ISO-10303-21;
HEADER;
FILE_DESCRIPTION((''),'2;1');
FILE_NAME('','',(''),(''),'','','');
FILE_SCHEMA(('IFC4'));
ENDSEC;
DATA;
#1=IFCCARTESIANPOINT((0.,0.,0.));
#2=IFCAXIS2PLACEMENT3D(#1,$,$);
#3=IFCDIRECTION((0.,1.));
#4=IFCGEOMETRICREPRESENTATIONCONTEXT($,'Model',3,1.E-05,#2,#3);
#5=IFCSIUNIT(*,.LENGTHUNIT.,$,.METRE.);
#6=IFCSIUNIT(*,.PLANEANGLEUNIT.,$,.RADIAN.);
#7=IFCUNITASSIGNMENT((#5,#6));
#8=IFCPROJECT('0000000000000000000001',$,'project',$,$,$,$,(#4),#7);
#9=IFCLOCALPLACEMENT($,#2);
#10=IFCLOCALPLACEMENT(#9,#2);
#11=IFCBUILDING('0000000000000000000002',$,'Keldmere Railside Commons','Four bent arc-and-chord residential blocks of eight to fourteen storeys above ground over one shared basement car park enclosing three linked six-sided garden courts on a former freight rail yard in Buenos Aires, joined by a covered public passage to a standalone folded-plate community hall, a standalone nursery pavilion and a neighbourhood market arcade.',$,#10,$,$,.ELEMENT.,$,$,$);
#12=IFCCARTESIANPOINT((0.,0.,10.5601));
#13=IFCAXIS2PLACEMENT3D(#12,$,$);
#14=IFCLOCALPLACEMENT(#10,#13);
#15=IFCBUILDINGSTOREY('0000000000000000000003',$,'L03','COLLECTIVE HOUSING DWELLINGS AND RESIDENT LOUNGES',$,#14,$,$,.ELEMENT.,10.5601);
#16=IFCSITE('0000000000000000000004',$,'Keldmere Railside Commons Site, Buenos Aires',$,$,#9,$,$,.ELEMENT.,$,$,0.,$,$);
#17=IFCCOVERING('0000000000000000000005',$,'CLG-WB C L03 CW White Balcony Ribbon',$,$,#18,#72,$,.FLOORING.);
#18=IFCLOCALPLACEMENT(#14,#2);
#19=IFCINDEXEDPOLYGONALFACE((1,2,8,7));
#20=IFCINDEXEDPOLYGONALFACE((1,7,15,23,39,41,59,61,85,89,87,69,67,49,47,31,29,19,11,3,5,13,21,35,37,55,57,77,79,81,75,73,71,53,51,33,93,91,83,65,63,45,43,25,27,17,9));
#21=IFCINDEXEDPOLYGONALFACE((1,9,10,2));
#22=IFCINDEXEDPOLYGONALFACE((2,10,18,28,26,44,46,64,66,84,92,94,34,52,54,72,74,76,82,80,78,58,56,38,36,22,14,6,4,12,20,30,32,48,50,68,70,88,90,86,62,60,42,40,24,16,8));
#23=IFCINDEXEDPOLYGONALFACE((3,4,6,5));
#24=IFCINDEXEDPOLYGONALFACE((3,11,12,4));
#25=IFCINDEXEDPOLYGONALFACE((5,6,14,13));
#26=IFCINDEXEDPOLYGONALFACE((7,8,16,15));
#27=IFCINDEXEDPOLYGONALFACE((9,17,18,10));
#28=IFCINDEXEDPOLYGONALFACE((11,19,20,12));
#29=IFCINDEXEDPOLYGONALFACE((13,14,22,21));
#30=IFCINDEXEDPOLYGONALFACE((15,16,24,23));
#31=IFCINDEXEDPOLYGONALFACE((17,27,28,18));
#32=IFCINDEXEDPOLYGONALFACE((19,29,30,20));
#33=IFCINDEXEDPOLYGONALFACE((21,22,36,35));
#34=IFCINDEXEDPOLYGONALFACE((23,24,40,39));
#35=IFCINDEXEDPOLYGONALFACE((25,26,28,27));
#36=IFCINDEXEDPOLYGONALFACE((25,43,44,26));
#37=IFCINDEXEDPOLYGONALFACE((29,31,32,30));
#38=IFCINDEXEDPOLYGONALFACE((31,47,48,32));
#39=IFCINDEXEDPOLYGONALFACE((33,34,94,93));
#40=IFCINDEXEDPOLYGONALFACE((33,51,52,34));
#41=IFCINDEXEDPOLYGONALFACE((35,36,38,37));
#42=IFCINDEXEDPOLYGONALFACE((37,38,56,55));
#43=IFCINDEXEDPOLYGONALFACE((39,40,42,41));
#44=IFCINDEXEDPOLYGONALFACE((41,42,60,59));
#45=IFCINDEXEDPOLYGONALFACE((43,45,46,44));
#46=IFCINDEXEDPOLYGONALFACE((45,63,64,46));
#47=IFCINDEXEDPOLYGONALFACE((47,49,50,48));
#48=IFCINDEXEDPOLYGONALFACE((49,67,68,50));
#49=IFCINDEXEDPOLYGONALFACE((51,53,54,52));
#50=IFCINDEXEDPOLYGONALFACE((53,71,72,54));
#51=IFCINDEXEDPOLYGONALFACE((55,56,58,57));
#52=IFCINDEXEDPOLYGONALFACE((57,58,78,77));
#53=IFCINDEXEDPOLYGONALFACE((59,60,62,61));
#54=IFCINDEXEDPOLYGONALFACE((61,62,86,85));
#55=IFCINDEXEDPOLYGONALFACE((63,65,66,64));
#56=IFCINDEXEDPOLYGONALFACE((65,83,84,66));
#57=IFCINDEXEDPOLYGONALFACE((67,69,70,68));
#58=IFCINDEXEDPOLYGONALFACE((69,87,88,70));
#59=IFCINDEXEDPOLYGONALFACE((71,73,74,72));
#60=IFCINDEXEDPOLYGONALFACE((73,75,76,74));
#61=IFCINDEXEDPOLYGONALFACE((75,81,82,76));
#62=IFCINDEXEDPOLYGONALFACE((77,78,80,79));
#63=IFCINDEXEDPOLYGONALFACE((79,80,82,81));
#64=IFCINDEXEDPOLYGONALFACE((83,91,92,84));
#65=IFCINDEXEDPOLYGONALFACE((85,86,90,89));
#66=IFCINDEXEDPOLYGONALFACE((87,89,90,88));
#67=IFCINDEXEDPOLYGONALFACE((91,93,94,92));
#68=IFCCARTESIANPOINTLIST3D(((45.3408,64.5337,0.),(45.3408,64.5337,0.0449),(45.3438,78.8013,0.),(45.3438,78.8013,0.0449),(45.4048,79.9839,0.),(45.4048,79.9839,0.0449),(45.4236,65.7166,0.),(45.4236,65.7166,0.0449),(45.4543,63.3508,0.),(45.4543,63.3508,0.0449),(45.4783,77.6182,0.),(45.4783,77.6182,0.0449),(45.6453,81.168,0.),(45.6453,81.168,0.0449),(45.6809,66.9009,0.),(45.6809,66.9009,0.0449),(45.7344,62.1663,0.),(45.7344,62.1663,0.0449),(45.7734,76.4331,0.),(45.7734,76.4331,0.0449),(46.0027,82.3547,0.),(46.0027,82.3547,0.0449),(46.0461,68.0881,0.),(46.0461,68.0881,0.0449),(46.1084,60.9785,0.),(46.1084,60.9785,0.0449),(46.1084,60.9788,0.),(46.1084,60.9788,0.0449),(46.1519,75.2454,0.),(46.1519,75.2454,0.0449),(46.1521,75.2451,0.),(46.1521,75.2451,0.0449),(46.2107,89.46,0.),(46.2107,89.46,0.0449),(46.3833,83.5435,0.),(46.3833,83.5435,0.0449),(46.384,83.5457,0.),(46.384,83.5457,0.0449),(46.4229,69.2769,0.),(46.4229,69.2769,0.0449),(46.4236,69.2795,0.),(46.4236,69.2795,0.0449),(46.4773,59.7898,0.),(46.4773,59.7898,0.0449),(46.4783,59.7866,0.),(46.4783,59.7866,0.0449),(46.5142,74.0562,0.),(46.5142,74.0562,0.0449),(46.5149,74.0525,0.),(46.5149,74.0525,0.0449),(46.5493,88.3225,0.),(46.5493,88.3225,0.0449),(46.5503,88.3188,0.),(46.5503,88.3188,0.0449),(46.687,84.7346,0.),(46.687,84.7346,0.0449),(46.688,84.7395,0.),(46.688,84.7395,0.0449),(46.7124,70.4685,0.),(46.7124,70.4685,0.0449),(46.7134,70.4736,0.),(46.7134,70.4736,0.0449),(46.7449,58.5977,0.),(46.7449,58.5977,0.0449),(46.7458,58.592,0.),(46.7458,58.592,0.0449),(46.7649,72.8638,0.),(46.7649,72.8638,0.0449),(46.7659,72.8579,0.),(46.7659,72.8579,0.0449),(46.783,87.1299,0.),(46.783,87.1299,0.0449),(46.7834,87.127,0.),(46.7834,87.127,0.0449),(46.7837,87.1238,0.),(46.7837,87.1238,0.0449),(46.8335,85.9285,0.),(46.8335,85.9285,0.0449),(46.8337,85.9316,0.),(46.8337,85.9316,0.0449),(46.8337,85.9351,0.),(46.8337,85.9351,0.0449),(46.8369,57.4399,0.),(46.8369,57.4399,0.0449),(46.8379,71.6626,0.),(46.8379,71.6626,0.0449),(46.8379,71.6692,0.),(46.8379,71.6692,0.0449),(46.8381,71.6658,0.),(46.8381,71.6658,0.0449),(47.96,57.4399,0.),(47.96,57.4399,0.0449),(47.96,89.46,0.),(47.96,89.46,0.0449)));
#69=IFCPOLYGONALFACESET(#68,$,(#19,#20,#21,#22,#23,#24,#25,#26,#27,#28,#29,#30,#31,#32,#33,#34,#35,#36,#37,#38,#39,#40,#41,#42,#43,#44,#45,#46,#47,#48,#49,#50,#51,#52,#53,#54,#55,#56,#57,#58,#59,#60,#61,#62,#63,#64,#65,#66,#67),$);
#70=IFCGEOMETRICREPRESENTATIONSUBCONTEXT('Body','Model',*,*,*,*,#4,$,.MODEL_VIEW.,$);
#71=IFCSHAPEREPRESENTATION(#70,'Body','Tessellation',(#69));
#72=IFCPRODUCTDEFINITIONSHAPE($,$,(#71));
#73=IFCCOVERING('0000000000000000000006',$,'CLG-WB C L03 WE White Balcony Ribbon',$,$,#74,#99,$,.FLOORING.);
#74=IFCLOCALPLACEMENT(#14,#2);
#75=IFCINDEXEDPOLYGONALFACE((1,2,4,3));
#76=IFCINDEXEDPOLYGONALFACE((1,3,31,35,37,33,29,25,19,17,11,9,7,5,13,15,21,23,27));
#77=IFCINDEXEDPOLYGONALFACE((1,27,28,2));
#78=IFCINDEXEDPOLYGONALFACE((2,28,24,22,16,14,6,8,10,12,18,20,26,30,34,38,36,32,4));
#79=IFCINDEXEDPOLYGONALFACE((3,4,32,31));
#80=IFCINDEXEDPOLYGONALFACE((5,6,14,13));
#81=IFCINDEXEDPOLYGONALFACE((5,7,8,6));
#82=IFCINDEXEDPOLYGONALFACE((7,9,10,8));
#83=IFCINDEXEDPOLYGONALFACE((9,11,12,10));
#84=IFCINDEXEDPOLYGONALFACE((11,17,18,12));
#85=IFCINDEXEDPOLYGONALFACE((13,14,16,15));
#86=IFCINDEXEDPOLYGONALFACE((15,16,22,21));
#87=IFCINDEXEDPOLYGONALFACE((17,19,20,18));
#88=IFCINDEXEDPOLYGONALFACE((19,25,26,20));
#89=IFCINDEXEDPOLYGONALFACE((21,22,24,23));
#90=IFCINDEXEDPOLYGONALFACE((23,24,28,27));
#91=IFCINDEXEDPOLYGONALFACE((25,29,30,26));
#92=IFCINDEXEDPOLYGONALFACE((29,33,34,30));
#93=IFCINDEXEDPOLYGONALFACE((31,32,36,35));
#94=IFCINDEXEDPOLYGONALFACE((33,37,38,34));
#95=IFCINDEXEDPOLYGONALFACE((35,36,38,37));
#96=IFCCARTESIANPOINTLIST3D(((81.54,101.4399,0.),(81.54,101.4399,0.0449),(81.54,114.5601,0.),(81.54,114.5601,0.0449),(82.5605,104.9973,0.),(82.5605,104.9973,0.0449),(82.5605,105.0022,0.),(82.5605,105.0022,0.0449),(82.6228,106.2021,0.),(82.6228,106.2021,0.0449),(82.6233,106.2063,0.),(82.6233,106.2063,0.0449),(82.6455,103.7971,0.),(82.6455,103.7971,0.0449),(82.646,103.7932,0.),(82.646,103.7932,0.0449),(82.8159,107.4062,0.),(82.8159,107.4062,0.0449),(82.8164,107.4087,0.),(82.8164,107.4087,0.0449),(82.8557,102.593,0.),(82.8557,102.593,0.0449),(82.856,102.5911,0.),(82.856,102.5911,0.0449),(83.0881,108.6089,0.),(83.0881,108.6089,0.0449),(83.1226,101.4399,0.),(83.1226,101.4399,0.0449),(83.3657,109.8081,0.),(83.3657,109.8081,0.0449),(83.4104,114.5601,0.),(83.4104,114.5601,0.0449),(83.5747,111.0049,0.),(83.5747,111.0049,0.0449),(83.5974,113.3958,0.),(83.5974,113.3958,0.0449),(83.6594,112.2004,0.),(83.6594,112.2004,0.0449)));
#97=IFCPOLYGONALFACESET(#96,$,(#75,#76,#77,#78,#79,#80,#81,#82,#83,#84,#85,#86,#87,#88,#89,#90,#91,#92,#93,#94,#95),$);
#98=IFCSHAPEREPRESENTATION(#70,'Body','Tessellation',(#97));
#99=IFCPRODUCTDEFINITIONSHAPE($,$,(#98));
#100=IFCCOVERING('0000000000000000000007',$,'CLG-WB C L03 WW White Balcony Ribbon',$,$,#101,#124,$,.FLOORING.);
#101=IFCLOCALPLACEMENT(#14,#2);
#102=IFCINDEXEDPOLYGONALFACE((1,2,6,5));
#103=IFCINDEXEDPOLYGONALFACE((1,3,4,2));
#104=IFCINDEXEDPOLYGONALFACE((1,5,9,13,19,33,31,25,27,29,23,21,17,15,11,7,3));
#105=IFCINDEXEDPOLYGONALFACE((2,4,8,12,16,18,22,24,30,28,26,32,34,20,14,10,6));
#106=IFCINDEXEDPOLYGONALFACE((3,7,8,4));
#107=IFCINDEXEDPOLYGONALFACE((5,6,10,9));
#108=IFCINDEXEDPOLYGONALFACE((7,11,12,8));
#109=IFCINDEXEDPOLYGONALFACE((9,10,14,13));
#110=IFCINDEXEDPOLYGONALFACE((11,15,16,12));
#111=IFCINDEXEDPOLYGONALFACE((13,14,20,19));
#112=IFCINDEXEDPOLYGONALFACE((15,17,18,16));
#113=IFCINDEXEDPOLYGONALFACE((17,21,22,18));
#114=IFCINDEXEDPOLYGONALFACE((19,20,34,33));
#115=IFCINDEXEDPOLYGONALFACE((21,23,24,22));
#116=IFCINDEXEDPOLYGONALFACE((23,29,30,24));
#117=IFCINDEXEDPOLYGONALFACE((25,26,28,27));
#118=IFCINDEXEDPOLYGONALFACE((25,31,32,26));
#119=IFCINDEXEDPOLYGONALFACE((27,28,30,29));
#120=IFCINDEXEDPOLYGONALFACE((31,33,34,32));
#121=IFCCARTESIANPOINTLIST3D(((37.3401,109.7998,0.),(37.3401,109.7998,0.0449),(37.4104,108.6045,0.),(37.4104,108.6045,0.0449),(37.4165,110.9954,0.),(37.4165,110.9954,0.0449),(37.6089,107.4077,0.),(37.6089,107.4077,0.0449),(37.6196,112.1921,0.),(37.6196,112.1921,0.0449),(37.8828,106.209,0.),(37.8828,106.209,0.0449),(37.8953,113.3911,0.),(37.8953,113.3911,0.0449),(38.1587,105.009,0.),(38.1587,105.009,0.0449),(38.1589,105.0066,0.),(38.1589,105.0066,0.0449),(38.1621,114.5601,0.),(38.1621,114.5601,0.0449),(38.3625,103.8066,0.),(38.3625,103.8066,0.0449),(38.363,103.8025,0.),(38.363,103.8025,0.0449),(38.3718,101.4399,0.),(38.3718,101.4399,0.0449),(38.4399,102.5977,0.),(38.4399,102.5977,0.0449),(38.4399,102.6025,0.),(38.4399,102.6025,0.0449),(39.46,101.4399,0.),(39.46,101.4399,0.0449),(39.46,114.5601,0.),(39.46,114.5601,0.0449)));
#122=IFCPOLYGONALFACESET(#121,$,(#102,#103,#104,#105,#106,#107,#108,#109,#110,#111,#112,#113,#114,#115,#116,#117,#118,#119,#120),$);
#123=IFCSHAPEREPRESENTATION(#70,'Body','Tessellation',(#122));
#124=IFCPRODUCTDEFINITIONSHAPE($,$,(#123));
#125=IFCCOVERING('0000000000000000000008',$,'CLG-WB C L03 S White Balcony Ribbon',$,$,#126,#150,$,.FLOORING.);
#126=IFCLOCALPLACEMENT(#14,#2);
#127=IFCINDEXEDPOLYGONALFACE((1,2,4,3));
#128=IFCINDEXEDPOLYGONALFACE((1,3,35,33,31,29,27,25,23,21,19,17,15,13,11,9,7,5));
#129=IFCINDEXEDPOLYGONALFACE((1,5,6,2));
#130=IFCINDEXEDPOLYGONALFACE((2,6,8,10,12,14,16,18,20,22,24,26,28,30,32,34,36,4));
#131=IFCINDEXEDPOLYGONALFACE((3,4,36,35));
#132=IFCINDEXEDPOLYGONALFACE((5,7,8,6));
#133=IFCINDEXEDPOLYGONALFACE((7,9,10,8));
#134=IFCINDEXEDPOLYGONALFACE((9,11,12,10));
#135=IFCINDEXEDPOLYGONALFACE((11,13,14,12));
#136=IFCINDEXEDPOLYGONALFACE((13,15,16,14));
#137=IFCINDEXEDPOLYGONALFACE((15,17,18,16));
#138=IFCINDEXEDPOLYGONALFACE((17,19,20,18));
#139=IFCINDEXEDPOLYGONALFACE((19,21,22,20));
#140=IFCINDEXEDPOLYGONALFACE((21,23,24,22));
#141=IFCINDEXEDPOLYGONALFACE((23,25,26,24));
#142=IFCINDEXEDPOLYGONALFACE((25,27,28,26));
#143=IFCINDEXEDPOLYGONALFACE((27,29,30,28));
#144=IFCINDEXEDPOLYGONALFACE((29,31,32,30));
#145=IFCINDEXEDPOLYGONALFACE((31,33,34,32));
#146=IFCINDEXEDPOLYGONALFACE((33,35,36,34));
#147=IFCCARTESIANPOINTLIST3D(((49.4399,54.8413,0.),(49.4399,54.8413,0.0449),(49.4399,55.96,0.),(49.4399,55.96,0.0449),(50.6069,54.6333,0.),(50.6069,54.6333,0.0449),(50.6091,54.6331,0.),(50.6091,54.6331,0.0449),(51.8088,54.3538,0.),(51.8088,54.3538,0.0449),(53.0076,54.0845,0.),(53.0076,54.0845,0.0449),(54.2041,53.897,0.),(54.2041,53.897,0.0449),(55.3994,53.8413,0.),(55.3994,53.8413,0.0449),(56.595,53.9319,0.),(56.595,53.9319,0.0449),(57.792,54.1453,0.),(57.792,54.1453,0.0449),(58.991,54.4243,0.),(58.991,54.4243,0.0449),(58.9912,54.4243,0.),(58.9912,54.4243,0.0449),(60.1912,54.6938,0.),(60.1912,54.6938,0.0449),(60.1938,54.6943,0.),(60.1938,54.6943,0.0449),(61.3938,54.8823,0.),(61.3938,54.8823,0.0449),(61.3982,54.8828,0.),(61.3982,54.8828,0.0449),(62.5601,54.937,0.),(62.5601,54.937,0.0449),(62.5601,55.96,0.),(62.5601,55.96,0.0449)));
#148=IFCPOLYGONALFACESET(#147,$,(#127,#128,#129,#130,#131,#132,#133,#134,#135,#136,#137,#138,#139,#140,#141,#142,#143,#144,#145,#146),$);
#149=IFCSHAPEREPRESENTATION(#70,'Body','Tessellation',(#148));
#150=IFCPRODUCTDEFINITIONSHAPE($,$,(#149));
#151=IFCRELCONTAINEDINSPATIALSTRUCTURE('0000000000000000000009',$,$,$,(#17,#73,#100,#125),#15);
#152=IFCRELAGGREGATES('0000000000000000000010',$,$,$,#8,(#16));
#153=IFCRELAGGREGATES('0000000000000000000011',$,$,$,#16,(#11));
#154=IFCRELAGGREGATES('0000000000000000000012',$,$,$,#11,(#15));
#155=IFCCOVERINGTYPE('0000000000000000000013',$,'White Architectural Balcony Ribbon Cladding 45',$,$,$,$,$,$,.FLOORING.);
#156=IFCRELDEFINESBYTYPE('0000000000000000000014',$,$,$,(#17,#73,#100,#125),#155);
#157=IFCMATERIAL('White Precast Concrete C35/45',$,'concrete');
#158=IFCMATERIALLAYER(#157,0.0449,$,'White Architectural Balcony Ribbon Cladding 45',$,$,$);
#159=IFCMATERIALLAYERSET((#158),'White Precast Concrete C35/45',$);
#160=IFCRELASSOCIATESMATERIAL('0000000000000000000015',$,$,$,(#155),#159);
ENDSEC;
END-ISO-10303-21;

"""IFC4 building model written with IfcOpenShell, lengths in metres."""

from ifc_helpers import new_model, si_unit, direction, frame, origin, place, context, subcontext, project, spatial, polyline, outline, extrude, material, layer, layer_set, type_object, element, save


model = new_model("IFC4")

# Units and contexts
model_context = context("Model", 3, precision=1e-05, world=origin(), true_north=direction((0.0, 1.0)))
body_context = subcontext(model_context, "Body", "Model", "MODEL_VIEW")
ifc_project = project(units=[si_unit("LENGTHUNIT", "METRE"), si_unit("PLANEANGLEUNIT", "RADIAN")], contexts=[model_context])

# Site, building, storey
site_placement = place(None, origin())
site = spatial("IfcSite", under=ifc_project, at=site_placement, Name="Keldmere Railside Commons Site, Buenos Aires", CompositionType="ELEMENT", RefElevation=0.0)
building_placement = place(site_placement, origin())
building = spatial("IfcBuilding", under=site, at=building_placement, Name="Keldmere Railside Commons", Description="Four bent arc-and-chord residential blocks of eight to fourteen storeys above ground over one shared basement car park enclosing three linked six-sided garden courts on a former freight rail yard in Buenos Aires, joined by a covered public passage to a standalone folded-plate community hall, a standalone nursery pavilion and a neighbourhood market arcade.", CompositionType="ELEMENT")
storey_placement = place(building_placement, frame((0.0, 0.0, 10.5601)))
storey = spatial("IfcBuildingStorey", under=building, at=storey_placement, Name="L03", Description="COLLECTIVE HOUSING DWELLINGS AND RESIDENT LOUNGES", CompositionType="ELEMENT", Elevation=10.5601)

# Coverings
ifc_material_1 = material(Name="White Precast Concrete C35/45", Category="concrete")
ifc_layer_1 = layer(ifc_material_1, 0.0449, Name="White Architectural Balcony Ribbon Cladding 45")
ifc_layer_set_1 = layer_set([ifc_layer_1], Name="White Precast Concrete C35/45")
covering_type_1 = type_object("IfcCoveringType", Name="White Architectural Balcony Ribbon Cladding 45", PredefinedType="FLOORING", material=ifc_layer_set_1)
covering_1_placement = place(storey_placement, origin())
element("IfcCovering", 1, at=covering_1_placement, inside=storey, type_object=covering_type_1, Name="CLG-WB C L03 CW White Balcony Ribbon", PredefinedType="FLOORING", context=body_context, shape_type="SweptSolid", body=[
    extrude(outline(polyline([(47.96, 89.46), (46.2107, 89.46), (46.5493, 88.3225), (46.5503, 88.3188), (46.783, 87.1299), (46.7834, 87.127), (46.7837, 87.1238), (46.8337, 85.9351), (46.8337, 85.9316), (46.8335, 85.9285), (46.688, 84.7395), (46.687, 84.7346), (46.384, 83.5457), (46.3833, 83.5435), (46.0027, 82.3547), (45.6453, 81.168), (45.4048, 79.9839), (45.3438, 78.8013), (45.4783, 77.6182), (45.7734, 76.4331), (46.1519, 75.2454), (46.1521, 75.2451), (46.5142, 74.0562), (46.5149, 74.0525), (46.7649, 72.8638), (46.7659, 72.8579), (46.8379, 71.6692), (46.8381, 71.6658), (46.8379, 71.6626), (46.7134, 70.4736), (46.7124, 70.4685), (46.4236, 69.2795), (46.4229, 69.2769), (46.0461, 68.0881), (45.6809, 66.9009), (45.4236, 65.7166), (45.3408, 64.5337), (45.4543, 63.3508), (45.7344, 62.1663), (46.1084, 60.9788), (46.1084, 60.9785), (46.4773, 59.7898), (46.4783, 59.7866), (46.7449, 58.5977), (46.7458, 58.592), (46.8369, 57.4399), (47.96, 57.4399), (47.96, 89.46)])), origin(), (0.0, 0.0, 1.0), 0.0449),
])
covering_2_placement = place(storey_placement, origin())
element("IfcCovering", 2, at=covering_2_placement, inside=storey, type_object=covering_type_1, Name="CLG-WB C L03 WE White Balcony Ribbon", PredefinedType="FLOORING", context=body_context, shape_type="SweptSolid", body=[
    extrude(outline(polyline([(82.856, 102.5911), (82.8557, 102.593), (82.646, 103.7932), (82.6455, 103.7971), (82.5605, 104.9973), (82.5605, 105.0022), (82.6228, 106.2021), (82.6233, 106.2063), (82.8159, 107.4062), (82.8164, 107.4087), (83.0881, 108.6089), (83.0881, 108.6089), (83.3657, 109.8081), (83.5747, 111.0049), (83.6594, 112.2004), (83.5974, 113.3958), (83.4104, 114.5601), (81.54, 114.5601), (81.54, 101.4399), (83.1226, 101.4399), (82.856, 102.5911)])), origin(), (0.0, 0.0, 1.0), 0.0449),
])
covering_3_placement = place(storey_placement, origin())
element("IfcCovering", 3, at=covering_3_placement, inside=storey, type_object=covering_type_1, Name="CLG-WB C L03 WW White Balcony Ribbon", PredefinedType="FLOORING", context=body_context, shape_type="SweptSolid", body=[
    extrude(outline(polyline([(39.46, 114.5601), (38.1621, 114.5601), (37.8953, 113.3911), (37.8953, 113.3911), (37.6196, 112.1921), (37.4165, 110.9954), (37.3401, 109.7998), (37.4104, 108.6045), (37.6089, 107.4077), (37.8828, 106.209), (38.1587, 105.009), (38.1589, 105.0066), (38.3625, 103.8066), (38.363, 103.8025), (38.4399, 102.6025), (38.4399, 102.5977), (38.3718, 101.4399), (39.46, 101.4399), (39.46, 114.5601)])), origin(), (0.0, 0.0, 1.0), 0.0449),
])
covering_4_placement = place(storey_placement, origin())
element("IfcCovering", 4, at=covering_4_placement, inside=storey, type_object=covering_type_1, Name="CLG-WB C L03 S White Balcony Ribbon", PredefinedType="FLOORING", context=body_context, shape_type="SweptSolid", body=[
    extrude(outline(polyline([(50.6069, 54.6333), (50.6091, 54.6331), (51.8088, 54.3538), (53.0076, 54.0845), (54.2041, 53.897), (55.3994, 53.8413), (56.595, 53.9319), (57.792, 54.1453), (58.991, 54.4243), (58.9912, 54.4243), (60.1912, 54.6938), (60.1938, 54.6943), (61.3938, 54.8823), (61.3982, 54.8828), (62.5601, 54.937), (62.5601, 55.96), (49.4399, 55.96), (49.4399, 54.8413), (50.6069, 54.6333)])), origin(), (0.0, 0.0, 1.0), 0.0449),
])

save(model, "model.ifc")
